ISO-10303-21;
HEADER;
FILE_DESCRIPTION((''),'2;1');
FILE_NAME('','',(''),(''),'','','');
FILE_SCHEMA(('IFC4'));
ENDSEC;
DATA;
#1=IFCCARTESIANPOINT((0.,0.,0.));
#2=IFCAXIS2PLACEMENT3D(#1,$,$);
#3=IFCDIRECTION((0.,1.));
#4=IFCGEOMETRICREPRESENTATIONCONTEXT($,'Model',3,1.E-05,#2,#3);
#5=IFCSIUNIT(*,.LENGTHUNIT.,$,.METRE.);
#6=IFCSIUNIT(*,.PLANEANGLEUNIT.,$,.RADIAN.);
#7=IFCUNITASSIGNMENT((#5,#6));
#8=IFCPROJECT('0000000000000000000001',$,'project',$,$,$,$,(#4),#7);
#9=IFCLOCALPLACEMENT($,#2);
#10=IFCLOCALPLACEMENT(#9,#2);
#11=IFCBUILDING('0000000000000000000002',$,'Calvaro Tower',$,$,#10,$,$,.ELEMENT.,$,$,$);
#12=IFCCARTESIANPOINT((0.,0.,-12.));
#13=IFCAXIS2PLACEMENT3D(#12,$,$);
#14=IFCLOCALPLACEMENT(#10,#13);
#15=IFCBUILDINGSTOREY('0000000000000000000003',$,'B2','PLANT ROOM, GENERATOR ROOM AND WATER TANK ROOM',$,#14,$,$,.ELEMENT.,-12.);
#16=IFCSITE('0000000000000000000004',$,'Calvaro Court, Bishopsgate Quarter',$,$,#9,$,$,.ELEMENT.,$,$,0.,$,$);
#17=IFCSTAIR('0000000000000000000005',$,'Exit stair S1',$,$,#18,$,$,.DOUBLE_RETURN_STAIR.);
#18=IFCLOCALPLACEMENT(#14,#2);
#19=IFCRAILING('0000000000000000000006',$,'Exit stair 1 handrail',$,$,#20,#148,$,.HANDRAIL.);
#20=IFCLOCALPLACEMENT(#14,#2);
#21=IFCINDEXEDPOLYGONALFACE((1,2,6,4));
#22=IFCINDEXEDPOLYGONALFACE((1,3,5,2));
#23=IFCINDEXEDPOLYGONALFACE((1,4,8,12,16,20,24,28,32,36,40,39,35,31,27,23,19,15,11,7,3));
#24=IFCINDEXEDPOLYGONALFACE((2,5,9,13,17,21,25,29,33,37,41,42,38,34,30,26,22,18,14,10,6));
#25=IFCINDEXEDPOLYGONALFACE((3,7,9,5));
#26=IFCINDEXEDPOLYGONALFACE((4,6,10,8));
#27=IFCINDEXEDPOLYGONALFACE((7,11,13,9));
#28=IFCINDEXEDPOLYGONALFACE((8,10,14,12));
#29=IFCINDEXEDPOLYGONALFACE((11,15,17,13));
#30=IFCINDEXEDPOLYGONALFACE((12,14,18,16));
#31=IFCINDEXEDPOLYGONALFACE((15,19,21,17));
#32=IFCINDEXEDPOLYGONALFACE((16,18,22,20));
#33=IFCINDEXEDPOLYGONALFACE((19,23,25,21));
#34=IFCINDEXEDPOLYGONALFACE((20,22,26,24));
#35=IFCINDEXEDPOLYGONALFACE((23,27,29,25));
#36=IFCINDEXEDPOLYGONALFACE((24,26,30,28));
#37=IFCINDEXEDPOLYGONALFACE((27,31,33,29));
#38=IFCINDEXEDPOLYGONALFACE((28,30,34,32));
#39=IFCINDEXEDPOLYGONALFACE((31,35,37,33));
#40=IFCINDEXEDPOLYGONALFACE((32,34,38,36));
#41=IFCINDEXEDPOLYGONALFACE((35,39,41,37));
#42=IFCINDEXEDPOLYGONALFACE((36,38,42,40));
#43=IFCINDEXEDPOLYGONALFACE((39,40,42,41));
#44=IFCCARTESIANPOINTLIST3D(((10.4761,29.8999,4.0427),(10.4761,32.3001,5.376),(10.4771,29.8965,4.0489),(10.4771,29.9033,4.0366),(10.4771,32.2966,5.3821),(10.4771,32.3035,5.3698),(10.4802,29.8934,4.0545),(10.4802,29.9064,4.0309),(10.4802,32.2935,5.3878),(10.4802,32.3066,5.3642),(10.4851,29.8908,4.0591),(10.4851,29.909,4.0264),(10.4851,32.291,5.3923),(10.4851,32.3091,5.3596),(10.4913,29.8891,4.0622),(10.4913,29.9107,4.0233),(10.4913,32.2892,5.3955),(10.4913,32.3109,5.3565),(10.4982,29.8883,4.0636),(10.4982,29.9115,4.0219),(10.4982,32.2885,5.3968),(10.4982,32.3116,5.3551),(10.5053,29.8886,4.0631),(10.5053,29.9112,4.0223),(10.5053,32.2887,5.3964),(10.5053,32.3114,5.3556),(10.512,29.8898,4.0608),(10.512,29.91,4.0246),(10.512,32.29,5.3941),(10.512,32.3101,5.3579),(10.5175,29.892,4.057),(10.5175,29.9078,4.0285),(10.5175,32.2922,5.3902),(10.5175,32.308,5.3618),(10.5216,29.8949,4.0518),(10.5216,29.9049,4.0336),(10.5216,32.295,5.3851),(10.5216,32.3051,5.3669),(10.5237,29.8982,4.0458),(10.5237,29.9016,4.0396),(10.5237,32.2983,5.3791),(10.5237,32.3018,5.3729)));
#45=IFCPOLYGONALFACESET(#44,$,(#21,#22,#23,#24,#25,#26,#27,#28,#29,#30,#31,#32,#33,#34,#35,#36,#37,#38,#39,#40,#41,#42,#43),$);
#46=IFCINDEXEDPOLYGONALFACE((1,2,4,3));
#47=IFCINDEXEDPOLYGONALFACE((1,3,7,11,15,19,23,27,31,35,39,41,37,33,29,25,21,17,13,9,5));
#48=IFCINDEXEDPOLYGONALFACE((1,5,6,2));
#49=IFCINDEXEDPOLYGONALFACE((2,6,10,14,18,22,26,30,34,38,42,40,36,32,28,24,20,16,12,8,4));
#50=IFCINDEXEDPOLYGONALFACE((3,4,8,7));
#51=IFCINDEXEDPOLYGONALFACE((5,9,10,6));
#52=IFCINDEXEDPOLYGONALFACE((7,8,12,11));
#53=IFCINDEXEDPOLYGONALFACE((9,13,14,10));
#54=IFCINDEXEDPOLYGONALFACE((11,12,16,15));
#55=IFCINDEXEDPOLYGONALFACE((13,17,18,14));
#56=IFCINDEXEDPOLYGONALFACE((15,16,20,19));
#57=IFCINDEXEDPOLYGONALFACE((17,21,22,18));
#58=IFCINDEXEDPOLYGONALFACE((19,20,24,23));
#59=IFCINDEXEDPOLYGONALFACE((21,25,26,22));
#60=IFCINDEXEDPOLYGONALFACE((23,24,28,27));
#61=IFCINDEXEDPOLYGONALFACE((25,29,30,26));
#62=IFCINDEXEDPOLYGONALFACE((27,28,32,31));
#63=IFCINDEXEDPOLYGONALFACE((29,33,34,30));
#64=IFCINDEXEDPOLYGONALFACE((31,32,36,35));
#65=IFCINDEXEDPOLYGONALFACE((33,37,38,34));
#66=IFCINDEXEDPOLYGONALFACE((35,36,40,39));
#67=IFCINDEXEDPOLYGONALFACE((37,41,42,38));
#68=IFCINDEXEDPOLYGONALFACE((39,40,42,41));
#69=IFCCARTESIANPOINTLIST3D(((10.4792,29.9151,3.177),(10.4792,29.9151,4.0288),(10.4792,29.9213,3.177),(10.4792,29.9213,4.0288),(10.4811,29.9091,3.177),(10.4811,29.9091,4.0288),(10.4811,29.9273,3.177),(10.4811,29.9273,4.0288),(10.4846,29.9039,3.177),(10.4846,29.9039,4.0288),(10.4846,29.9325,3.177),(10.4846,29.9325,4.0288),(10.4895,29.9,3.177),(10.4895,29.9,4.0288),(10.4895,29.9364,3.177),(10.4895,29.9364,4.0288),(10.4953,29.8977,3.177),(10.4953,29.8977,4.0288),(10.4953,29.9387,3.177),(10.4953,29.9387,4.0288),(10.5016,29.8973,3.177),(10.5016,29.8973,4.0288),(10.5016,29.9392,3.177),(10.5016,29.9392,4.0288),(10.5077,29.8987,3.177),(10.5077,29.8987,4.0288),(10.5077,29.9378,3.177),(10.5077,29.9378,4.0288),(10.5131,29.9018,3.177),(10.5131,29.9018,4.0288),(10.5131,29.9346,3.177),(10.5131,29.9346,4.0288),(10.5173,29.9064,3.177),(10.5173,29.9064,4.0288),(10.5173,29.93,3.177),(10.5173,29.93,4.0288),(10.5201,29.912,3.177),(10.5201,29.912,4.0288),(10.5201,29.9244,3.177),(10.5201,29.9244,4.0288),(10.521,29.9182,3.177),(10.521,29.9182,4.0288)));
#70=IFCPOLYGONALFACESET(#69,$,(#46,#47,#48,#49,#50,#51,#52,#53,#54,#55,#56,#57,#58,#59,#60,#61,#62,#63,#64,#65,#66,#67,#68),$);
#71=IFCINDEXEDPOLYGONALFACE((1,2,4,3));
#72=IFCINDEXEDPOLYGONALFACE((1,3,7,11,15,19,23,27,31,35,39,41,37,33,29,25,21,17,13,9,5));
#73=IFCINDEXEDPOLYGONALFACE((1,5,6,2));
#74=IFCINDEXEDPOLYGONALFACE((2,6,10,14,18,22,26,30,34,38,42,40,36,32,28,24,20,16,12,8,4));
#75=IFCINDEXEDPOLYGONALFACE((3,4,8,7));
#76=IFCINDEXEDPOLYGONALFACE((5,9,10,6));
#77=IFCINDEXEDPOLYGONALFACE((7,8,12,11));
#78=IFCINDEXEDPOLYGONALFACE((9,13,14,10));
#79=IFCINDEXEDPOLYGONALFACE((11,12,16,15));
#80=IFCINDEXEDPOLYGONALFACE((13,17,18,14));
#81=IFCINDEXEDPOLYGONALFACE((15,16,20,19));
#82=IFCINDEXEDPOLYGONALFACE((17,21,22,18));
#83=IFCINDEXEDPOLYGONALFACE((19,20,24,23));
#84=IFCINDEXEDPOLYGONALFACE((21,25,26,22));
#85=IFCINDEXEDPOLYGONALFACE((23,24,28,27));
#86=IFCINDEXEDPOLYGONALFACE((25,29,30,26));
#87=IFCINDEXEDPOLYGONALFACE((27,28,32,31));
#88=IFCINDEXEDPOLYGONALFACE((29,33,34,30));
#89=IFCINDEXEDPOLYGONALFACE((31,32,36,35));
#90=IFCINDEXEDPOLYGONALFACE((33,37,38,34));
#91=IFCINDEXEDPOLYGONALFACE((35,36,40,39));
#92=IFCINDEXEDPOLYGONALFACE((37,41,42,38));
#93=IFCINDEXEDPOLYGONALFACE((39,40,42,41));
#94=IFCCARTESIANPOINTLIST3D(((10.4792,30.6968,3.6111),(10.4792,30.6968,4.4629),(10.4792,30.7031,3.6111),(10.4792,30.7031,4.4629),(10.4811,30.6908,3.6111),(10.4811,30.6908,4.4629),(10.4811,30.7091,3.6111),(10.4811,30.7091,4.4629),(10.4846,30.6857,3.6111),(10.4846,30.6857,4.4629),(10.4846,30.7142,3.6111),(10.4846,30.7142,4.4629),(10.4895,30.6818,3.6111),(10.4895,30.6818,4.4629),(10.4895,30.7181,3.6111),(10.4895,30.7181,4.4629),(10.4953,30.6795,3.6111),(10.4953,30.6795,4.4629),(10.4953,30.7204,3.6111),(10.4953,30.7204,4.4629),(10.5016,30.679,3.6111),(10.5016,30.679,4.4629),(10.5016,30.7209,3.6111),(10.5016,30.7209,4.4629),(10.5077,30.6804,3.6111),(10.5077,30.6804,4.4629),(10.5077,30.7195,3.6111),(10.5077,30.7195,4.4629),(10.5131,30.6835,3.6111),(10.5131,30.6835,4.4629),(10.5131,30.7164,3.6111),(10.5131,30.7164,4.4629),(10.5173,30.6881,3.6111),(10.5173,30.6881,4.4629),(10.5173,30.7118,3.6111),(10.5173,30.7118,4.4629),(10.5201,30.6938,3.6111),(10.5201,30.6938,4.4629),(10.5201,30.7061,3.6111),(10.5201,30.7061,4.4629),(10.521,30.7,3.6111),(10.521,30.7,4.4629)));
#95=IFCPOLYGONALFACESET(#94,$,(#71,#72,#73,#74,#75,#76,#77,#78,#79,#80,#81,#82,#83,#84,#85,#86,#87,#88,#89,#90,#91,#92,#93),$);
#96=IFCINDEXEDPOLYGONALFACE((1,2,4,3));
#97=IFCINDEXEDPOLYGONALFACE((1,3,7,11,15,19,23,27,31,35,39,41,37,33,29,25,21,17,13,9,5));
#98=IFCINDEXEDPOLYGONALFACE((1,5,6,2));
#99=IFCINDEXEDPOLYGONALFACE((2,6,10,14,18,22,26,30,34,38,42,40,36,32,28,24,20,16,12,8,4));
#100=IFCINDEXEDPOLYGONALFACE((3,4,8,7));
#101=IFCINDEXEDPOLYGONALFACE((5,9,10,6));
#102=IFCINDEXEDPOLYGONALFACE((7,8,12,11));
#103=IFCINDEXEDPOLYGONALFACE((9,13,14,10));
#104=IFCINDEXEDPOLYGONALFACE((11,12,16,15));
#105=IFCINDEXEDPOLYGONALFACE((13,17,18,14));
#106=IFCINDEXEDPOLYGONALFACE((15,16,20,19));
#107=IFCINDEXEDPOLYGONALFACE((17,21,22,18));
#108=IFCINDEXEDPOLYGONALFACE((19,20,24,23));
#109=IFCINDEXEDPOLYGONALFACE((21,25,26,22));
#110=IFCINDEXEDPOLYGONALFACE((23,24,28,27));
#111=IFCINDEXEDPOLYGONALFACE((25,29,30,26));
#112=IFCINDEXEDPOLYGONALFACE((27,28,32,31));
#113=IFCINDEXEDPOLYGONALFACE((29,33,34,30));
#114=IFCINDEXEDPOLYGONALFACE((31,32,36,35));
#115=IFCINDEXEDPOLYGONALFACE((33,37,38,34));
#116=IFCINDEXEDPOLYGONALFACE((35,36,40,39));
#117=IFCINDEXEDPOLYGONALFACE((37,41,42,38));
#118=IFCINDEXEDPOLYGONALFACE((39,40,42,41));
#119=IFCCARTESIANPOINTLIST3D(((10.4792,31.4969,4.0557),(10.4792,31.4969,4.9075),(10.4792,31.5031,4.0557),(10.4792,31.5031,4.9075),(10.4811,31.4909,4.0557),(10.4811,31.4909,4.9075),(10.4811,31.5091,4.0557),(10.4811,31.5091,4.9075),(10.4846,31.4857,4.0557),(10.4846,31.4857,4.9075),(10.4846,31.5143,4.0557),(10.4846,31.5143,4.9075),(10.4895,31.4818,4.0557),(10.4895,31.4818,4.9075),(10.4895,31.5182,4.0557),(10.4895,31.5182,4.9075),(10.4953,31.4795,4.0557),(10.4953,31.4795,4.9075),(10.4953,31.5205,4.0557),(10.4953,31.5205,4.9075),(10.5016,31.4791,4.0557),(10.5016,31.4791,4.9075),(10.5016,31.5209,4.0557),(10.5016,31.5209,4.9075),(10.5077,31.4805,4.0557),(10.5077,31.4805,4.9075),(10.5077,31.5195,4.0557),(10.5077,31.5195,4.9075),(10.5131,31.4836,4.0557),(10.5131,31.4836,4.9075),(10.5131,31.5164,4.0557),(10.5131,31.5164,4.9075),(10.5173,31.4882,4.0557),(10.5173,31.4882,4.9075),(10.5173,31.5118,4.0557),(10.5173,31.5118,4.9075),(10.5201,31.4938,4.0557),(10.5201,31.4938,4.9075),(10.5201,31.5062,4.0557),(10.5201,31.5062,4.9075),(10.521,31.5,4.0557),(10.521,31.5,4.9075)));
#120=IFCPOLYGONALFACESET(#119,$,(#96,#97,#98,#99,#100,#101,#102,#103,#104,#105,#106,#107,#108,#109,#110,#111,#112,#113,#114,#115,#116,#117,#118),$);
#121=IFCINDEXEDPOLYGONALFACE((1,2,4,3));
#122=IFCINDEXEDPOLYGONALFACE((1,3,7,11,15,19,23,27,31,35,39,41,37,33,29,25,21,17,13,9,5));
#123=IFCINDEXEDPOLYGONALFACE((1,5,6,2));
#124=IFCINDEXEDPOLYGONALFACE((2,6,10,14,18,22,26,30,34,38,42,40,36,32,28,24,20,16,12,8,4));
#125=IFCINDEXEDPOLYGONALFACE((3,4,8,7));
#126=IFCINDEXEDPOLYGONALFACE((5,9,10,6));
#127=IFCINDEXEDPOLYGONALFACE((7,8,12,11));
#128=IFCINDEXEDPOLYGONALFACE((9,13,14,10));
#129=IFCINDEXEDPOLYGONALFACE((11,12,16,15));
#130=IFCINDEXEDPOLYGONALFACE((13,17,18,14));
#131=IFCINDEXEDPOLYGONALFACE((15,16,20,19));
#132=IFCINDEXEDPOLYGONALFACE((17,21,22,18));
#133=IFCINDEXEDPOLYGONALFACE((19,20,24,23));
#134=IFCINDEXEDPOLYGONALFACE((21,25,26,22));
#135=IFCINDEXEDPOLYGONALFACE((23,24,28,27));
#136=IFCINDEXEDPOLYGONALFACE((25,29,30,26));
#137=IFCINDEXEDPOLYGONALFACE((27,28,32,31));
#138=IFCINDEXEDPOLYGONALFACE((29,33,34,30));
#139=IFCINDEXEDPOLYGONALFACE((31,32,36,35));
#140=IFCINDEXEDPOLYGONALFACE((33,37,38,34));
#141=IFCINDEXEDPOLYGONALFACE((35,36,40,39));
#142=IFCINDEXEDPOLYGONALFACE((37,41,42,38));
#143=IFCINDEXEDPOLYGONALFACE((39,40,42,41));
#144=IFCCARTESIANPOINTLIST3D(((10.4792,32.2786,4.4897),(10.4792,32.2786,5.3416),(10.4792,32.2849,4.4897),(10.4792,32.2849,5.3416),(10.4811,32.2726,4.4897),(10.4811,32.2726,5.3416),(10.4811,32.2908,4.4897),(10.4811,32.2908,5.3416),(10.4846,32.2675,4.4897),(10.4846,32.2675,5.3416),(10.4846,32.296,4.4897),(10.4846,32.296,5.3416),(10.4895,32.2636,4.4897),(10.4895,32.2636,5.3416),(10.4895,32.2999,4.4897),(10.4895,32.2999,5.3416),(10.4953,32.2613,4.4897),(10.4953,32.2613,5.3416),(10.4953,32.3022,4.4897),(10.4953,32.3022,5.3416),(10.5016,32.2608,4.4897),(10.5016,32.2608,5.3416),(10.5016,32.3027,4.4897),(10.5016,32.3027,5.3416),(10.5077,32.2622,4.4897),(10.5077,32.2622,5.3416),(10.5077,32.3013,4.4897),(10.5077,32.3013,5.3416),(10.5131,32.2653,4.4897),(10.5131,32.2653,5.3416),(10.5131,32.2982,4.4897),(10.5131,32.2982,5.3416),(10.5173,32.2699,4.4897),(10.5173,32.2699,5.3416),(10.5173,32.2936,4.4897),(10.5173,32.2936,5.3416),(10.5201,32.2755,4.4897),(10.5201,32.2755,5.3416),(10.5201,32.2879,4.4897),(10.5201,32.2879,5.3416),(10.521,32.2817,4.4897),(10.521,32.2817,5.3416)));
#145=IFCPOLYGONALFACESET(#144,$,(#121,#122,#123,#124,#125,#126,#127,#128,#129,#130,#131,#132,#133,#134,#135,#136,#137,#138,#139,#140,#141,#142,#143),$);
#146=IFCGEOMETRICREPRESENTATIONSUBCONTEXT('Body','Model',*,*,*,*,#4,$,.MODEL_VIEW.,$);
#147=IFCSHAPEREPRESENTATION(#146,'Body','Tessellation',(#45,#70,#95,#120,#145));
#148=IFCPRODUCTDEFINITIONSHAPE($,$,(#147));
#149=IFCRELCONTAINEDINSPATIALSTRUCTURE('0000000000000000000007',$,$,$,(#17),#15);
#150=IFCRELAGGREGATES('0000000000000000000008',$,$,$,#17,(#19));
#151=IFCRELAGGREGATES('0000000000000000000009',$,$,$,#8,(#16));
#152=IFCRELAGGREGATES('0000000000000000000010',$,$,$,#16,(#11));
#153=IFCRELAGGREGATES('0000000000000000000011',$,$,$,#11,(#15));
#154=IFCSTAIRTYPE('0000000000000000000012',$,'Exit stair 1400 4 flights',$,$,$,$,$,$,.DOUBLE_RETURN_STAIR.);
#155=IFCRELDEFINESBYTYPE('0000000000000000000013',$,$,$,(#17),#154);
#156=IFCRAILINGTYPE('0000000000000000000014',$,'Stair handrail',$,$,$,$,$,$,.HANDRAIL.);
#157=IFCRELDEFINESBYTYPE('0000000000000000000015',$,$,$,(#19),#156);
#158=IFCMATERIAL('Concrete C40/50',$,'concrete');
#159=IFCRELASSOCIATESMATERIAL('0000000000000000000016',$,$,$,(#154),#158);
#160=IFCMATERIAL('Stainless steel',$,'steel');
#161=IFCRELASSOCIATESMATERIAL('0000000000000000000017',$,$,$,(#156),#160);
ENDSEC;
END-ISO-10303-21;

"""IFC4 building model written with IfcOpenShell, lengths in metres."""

from ifc_helpers import new_model, si_unit, direction, frame, origin, origin_2d, place, context, subcontext, project, spatial, circle, extrude, material, type_object, element, aggregate, save


model = new_model("IFC4")

# Units and contexts
model_context = context("Model", 3, precision=1e-05, world=origin(), true_north=direction((0.0, 1.0)))
body_context = subcontext(model_context, "Body", "Model", "MODEL_VIEW")
ifc_project = project(units=[si_unit("LENGTHUNIT", "METRE"), si_unit("PLANEANGLEUNIT", "RADIAN")], contexts=[model_context])

# Site, building, storey
site_placement = place(None, origin())
site = spatial("IfcSite", under=ifc_project, at=site_placement, Name="Calvaro Court, Bishopsgate Quarter", CompositionType="ELEMENT", RefElevation=0.0)
building_placement = place(site_placement, origin())
building = spatial("IfcBuilding", under=site, at=building_placement, Name="Calvaro Tower", CompositionType="ELEMENT")
storey_placement = place(building_placement, frame((0.0, 0.0, -12.0)))
storey = spatial("IfcBuildingStorey", under=building, at=storey_placement, Name="B2", Description="PLANT ROOM, GENERATOR ROOM AND WATER TANK ROOM", CompositionType="ELEMENT", Elevation=-12.0)

# Stair, railing
ifc_material_1 = material(Name="Concrete C40/50", Category="concrete")
stair_type = type_object("IfcStairType", Name="Exit stair 1400 4 flights", PredefinedType="DOUBLE_RETURN_STAIR", material=ifc_material_1)
stair_placement = place(storey_placement, origin())
stair = element("IfcStair", 1, at=stair_placement, inside=storey, type_object=stair_type, Name="Exit stair S1", PredefinedType="DOUBLE_RETURN_STAIR")
ifc_material_2 = material(Name="Stainless steel", Category="steel")
railing_type = type_object("IfcRailingType", Name="Stair handrail", PredefinedType="HANDRAIL", material=ifc_material_2)
railing_1_placement = place(storey_placement, frame((10.5, 29.8999, 3.1667)))
railing_1 = element("IfcRailing", 2, at=railing_1_placement, type_object=railing_type, Name="Exit stair 1 handrail", PredefinedType="HANDRAIL", context=body_context, shape_type="SweptSolid", body=[
    extrude(circle(Radius=0.0239, at=origin_2d()), frame((0.0, 0.0, 0.876), z_axis=(0.0, 0.874182, 0.485598), x_axis=(-1.0, 0.0, 0.0)), (0.0, 0.0, 1.0), 2.7456),
    extrude(circle(Radius=0.021, at=origin_2d()), frame((0.0, 0.0183, 0.0103)), (0.0, 0.0, 1.0), 0.8518),
    extrude(circle(Radius=0.021, at=origin_2d()), frame((0.0, 0.8, 0.4443)), (0.0, 0.0, 1.0), 0.8518),
    extrude(circle(Radius=0.021, at=origin_2d()), frame((0.0, 1.6001, 0.8889)), (0.0, 0.0, 1.0), 0.8518),
    extrude(circle(Radius=0.021, at=origin_2d()), frame((0.0, 2.3818, 1.323)), (0.0, 0.0, 1.0), 0.8518),
])
aggregate(stair, [railing_1])

save(model, "model.ifc")
